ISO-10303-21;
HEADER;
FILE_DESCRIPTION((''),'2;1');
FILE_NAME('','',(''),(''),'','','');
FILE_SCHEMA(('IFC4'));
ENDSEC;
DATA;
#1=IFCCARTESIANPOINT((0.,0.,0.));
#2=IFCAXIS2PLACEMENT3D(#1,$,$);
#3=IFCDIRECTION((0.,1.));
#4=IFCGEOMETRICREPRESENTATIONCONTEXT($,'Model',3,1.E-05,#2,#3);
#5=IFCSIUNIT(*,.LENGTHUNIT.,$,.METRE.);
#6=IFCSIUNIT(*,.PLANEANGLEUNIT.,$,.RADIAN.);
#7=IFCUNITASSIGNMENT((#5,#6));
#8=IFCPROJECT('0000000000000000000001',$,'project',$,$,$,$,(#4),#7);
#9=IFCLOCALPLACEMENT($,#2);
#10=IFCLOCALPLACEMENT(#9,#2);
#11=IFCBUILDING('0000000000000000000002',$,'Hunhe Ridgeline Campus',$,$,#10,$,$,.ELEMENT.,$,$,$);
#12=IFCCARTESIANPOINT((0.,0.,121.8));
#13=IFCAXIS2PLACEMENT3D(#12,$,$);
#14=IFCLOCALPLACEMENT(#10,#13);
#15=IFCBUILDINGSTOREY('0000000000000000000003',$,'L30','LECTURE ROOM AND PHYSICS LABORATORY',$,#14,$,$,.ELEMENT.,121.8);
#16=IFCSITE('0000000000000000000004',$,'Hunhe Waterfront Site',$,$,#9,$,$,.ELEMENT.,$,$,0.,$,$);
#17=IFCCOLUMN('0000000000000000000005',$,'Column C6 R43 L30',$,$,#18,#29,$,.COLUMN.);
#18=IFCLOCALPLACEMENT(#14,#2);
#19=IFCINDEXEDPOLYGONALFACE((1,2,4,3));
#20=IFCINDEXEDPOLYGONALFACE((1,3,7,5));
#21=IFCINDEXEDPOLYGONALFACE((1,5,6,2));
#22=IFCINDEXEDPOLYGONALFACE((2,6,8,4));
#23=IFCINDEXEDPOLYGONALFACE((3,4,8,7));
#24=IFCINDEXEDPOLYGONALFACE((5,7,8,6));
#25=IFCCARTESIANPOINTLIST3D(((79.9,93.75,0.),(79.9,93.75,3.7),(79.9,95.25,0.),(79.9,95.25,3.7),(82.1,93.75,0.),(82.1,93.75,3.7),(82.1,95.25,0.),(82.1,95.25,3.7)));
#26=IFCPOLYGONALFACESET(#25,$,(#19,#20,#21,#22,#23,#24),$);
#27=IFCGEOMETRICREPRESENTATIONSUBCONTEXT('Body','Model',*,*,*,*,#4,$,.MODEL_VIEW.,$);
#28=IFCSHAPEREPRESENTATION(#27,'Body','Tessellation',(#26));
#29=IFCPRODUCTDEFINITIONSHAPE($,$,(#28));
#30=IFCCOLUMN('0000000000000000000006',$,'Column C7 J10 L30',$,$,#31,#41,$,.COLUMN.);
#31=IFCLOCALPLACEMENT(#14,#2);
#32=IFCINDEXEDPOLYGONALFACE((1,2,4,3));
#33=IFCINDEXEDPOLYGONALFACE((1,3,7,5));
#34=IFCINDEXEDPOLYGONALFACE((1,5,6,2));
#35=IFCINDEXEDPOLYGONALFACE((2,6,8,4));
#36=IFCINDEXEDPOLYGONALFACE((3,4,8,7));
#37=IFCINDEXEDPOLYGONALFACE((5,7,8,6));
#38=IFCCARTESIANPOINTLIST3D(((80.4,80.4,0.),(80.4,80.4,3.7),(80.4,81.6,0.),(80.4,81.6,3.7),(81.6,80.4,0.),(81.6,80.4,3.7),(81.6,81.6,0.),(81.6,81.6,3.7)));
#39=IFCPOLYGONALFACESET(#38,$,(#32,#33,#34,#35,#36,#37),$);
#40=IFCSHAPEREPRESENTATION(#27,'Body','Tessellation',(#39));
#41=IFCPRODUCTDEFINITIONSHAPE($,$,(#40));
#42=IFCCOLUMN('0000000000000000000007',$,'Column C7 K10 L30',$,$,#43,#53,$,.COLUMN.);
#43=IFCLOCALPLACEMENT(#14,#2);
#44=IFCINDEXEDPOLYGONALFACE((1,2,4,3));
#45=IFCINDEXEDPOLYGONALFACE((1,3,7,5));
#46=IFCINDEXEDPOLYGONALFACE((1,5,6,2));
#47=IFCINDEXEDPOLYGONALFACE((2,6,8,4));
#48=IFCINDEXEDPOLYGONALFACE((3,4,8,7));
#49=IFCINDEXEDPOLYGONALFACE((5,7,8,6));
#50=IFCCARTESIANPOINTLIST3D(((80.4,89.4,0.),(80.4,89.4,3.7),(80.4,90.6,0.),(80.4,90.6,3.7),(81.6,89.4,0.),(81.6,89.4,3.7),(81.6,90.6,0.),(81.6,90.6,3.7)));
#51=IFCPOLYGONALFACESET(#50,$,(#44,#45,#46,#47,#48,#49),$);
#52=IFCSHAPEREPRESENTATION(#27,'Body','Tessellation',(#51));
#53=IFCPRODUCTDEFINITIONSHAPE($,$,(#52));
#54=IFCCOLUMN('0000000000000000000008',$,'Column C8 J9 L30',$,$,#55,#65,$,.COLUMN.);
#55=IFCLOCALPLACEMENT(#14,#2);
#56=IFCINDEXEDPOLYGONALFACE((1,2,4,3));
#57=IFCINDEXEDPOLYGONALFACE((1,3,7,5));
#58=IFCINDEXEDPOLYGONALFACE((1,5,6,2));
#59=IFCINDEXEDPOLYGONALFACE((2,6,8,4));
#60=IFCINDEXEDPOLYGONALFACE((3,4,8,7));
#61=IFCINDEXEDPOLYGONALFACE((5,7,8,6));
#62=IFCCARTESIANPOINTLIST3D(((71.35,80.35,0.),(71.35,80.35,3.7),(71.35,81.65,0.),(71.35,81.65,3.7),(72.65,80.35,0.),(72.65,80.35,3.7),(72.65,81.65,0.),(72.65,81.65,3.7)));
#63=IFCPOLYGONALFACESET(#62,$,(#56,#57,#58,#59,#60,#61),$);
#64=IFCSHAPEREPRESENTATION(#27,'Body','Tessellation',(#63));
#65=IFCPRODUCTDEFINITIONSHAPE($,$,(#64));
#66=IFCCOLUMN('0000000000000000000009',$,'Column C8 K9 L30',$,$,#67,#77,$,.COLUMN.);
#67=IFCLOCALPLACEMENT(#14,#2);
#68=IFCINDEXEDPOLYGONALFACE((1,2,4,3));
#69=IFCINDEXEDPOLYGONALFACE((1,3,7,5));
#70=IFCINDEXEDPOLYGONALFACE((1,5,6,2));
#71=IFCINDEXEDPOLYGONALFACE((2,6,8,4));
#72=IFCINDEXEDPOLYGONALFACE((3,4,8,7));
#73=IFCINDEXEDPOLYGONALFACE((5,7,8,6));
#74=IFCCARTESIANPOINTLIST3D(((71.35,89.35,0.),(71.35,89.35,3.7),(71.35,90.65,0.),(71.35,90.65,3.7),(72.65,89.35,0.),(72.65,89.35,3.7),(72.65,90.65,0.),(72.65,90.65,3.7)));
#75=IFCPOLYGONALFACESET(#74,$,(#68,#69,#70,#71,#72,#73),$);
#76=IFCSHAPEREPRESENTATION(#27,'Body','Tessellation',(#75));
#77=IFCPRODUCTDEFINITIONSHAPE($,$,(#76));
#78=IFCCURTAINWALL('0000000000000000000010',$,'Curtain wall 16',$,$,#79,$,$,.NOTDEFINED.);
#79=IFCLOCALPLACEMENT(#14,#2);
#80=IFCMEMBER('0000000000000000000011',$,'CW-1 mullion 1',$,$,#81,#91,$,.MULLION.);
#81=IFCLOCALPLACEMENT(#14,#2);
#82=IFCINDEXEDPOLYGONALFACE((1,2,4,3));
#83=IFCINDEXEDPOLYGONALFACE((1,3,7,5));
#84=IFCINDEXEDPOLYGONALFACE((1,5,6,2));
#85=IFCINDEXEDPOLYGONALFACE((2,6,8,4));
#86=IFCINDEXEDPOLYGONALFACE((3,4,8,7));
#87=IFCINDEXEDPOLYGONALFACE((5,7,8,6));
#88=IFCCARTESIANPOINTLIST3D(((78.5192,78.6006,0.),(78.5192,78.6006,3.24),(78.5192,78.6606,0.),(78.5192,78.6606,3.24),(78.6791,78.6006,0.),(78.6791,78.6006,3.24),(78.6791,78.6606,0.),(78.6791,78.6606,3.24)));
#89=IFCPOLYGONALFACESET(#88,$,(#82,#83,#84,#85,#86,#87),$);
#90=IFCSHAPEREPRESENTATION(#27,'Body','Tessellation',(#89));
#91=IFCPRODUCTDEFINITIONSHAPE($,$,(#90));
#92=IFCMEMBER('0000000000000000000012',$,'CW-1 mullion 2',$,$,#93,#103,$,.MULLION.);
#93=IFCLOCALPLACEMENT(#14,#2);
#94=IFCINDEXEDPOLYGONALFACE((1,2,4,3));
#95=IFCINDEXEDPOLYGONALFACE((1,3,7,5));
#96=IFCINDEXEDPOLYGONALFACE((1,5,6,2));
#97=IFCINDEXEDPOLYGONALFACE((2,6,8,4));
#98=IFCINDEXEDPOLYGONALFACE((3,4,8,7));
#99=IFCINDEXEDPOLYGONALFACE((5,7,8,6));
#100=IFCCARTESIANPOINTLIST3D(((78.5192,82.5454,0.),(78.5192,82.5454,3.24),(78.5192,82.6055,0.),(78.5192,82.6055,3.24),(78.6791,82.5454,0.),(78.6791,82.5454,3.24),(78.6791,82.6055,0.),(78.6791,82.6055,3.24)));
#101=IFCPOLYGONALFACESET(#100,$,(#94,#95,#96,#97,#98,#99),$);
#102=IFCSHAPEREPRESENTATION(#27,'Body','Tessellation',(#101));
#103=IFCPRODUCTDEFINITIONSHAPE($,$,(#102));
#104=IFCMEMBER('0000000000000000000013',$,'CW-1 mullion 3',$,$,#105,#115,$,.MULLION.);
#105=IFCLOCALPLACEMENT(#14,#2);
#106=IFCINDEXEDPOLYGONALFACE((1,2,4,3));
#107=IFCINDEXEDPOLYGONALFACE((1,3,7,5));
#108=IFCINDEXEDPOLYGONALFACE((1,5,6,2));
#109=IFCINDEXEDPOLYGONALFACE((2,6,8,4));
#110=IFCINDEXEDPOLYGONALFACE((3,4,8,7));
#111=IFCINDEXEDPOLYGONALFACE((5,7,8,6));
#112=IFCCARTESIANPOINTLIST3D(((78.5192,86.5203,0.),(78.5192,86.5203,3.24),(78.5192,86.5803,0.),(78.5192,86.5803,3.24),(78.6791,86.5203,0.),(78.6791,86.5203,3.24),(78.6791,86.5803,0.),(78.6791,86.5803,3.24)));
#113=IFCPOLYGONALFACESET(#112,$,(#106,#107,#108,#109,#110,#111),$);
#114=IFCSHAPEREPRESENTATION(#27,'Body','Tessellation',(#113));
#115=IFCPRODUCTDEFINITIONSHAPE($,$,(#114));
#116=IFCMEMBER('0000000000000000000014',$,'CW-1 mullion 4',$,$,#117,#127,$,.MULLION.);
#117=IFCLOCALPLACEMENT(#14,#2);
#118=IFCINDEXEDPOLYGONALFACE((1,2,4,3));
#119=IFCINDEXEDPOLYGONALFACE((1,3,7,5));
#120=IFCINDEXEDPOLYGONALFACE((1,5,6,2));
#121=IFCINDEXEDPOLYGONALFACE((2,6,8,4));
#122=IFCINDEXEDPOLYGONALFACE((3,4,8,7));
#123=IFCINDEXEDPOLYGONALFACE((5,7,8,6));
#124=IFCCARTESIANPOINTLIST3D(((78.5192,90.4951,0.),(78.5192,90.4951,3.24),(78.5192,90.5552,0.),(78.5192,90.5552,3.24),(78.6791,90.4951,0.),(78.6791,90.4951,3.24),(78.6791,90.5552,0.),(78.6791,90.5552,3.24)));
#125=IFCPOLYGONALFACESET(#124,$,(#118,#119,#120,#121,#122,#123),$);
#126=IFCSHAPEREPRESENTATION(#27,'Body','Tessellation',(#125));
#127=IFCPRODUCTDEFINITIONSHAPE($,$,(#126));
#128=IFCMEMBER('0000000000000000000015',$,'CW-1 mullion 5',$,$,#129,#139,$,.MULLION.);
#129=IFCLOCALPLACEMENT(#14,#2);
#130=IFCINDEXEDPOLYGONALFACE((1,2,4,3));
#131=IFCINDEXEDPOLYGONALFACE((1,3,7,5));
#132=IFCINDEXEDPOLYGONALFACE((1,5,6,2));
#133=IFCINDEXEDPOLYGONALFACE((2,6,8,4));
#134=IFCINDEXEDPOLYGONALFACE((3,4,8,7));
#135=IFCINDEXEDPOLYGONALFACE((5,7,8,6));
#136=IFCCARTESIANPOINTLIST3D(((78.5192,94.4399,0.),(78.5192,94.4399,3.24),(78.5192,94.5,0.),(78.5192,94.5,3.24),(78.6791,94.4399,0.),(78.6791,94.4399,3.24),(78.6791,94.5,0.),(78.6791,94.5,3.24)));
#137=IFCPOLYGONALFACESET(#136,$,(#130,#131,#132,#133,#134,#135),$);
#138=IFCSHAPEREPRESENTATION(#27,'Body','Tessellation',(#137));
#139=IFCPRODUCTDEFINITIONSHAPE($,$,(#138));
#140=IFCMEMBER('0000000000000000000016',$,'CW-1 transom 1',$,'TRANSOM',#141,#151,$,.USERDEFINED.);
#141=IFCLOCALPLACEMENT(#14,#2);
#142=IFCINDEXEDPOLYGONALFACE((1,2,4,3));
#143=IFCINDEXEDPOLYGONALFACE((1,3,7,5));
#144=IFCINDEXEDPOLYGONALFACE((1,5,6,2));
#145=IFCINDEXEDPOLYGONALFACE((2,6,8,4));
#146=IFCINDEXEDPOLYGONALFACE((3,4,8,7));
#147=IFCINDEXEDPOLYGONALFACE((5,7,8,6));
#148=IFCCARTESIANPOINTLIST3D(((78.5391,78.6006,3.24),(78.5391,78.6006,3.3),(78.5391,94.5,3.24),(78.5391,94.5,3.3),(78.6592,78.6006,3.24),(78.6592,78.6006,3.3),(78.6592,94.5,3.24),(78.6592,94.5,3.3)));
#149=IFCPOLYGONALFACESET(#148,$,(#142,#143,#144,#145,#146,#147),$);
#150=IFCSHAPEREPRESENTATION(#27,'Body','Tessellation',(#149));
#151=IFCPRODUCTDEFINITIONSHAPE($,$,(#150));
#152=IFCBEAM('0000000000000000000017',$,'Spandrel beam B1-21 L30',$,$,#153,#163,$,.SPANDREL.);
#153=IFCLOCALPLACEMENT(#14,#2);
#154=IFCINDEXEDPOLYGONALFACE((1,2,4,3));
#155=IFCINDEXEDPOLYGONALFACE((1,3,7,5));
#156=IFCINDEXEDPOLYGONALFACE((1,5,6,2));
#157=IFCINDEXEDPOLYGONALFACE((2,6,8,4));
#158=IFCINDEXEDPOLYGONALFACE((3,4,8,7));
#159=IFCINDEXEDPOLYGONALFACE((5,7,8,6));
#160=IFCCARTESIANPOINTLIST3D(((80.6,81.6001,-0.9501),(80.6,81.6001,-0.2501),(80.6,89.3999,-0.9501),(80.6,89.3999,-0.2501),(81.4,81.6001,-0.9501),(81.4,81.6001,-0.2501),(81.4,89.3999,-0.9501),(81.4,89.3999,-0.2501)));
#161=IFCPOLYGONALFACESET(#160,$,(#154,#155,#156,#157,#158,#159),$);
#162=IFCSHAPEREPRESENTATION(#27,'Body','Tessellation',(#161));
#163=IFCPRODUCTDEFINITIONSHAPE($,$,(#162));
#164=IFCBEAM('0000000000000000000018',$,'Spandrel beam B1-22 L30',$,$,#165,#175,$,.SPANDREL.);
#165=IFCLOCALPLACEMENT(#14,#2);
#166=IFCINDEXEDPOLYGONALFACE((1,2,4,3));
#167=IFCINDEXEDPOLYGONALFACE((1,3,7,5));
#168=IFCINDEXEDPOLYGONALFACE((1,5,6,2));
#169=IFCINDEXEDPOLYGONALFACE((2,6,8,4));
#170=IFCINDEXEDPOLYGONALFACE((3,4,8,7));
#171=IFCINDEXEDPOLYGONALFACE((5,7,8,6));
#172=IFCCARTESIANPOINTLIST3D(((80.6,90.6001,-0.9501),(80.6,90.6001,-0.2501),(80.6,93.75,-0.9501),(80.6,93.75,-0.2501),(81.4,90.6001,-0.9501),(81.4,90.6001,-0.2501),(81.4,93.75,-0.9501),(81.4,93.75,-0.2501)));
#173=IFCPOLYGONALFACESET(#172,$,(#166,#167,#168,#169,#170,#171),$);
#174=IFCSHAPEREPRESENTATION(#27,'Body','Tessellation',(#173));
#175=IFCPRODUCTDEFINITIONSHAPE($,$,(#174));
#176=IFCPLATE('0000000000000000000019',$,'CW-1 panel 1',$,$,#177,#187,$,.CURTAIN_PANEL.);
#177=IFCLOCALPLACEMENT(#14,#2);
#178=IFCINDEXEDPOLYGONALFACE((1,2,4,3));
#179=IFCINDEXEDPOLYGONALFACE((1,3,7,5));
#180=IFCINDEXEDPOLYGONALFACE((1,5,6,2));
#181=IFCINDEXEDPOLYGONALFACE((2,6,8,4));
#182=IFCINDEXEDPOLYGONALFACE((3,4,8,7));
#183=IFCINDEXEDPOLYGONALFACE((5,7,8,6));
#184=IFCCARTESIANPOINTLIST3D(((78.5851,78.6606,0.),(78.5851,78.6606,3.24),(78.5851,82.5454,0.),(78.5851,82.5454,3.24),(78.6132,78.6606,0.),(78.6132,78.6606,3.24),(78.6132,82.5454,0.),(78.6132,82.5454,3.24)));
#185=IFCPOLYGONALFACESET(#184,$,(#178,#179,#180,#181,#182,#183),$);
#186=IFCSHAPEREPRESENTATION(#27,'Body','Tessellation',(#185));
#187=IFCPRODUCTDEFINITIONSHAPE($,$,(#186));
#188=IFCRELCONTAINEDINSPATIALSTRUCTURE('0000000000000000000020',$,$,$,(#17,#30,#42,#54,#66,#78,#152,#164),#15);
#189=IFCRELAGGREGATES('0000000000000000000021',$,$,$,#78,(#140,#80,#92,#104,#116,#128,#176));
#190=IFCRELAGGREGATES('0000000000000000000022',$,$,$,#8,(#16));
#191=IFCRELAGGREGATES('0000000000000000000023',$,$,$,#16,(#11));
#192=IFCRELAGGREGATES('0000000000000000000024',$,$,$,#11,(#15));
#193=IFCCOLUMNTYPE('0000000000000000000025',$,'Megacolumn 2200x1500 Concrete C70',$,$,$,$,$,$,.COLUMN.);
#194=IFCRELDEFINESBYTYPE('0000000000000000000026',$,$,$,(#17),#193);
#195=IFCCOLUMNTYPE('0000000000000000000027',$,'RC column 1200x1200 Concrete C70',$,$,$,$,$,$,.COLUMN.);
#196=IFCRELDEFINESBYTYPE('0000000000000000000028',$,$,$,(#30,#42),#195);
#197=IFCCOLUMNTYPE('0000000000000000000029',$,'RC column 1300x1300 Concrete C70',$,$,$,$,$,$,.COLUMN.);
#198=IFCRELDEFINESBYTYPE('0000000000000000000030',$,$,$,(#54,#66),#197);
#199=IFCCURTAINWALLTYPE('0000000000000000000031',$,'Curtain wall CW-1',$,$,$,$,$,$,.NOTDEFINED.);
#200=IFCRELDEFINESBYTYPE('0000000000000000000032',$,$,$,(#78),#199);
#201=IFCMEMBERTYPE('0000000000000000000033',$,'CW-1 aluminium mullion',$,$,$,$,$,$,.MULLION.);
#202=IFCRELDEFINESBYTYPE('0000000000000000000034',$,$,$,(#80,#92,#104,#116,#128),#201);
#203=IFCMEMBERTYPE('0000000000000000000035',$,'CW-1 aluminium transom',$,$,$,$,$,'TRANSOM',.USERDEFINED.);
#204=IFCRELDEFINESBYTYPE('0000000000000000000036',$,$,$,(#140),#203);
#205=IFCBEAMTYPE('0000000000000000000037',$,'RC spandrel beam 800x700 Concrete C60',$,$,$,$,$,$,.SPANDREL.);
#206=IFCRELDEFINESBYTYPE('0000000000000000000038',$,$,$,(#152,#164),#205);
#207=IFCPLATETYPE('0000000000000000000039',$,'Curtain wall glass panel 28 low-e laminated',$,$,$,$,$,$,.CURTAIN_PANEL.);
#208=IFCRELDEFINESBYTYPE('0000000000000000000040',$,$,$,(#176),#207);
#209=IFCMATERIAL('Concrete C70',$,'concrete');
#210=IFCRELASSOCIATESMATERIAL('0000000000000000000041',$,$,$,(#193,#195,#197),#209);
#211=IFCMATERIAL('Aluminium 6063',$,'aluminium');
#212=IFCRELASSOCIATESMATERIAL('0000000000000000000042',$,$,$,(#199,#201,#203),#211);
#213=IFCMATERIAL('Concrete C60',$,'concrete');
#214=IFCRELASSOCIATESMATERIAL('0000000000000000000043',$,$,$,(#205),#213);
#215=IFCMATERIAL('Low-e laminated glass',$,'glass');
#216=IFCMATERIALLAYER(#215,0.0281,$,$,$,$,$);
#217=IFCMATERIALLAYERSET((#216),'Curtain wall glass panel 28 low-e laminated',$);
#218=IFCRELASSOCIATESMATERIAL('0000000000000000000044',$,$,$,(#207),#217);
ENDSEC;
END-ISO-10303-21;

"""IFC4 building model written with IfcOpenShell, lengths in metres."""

from ifc_helpers import new_model, si_unit, direction, frame, origin, origin_2d, place, context, subcontext, project, spatial, rectangle, extrude, material, layer, layer_set, material_profile, profile_set, type_object, element, aggregate, save


model = new_model("IFC4")

# Units and contexts
model_context = context("Model", 3, precision=1e-05, world=origin(), true_north=direction((0.0, 1.0)))
body_context = subcontext(model_context, "Body", "Model", "MODEL_VIEW")
ifc_project = project(units=[si_unit("LENGTHUNIT", "METRE"), si_unit("PLANEANGLEUNIT", "RADIAN")], contexts=[model_context])

# Site, building, storey
site_placement = place(None, origin())
site = spatial("IfcSite", under=ifc_project, at=site_placement, Name="Hunhe Waterfront Site", CompositionType="ELEMENT", RefElevation=0.0)
building_placement = place(site_placement, origin())
building = spatial("IfcBuilding", under=site, at=building_placement, Name="Hunhe Ridgeline Campus", CompositionType="ELEMENT")
storey_placement = place(building_placement, frame((0.0, 0.0, 121.8)))
storey = spatial("IfcBuildingStorey", under=building, at=storey_placement, Name="L30", Description="LECTURE ROOM AND PHYSICS LABORATORY", CompositionType="ELEMENT", Elevation=121.8)

# Columns
ifc_material_1 = material(Name="Concrete C70", Category="concrete")
ifc_material_profile_1 = material_profile(ifc_material_1, rectangle(XDim=2.2, YDim=1.5, at=origin_2d()))
ifc_profile_set_1 = profile_set([ifc_material_profile_1], Name="Concrete C70")
column_type_1 = type_object("IfcColumnType", Name="Megacolumn 2200x1500 Concrete C70", PredefinedType="COLUMN", material=ifc_profile_set_1)
column_placement = place(storey_placement, frame((81.0, 94.5, 0.0), z_axis=(0.0, 0.0, 1.0), x_axis=(1.0, 0.0, 0.0)))
element("IfcColumn", 1, at=column_placement, inside=storey, type_object=column_type_1, Name="Column C6 R43 L30", PredefinedType="COLUMN", context=body_context, shape_type="SweptSolid", body=[
    extrude(rectangle(XDim=2.2, YDim=1.5, at=origin_2d()), origin(), (0.0, 0.0, 1.0), 3.7),
])
ifc_material_profile_2 = material_profile(ifc_material_1, rectangle(XDim=1.2, YDim=1.2, at=origin_2d()))
ifc_profile_set_2 = profile_set([ifc_material_profile_2], Name="Concrete C70")
column_type_2 = type_object("IfcColumnType", Name="RC column 1200x1200 Concrete C70", PredefinedType="COLUMN", material=ifc_profile_set_2)
for number, where, z_axis, x_axis, name in (
    (2, (81.0, 81.0, 0.0), (0.0, 0.0, 1.0), (1.0, 0.0, 0.0), "Column C7 J10 L30"),
    (3, (81.0, 90.0, 0.0), (0.0, 0.0, 1.0), (1.0, 0.0, 0.0), "Column C7 K10 L30"),
):
    element("IfcColumn", number, at=place(storey_placement, frame(where, z_axis=z_axis, x_axis=x_axis)), inside=storey, type_object=column_type_2, Name=name, PredefinedType="COLUMN", context=body_context, shape_type="SweptSolid", body=[
        extrude(rectangle(XDim=1.2, YDim=1.2, at=origin_2d()), origin(), (0.0, 0.0, 1.0), 3.7),
    ])
ifc_material_profile_3 = material_profile(ifc_material_1, rectangle(XDim=1.3, YDim=1.3, at=origin_2d()))
ifc_profile_set_3 = profile_set([ifc_material_profile_3], Name="Concrete C70")
column_type_3 = type_object("IfcColumnType", Name="RC column 1300x1300 Concrete C70", PredefinedType="COLUMN", material=ifc_profile_set_3)
for number, where, z_axis, x_axis, name in (
    (4, (72.0, 81.0, 0.0), (0.0, 0.0, 1.0), (1.0, 0.0, 0.0), "Column C8 J9 L30"),
    (5, (72.0, 90.0, 0.0), (0.0, 0.0, 1.0), (1.0, 0.0, 0.0), "Column C8 K9 L30"),
):
    element("IfcColumn", number, at=place(storey_placement, frame(where, z_axis=z_axis, x_axis=x_axis)), inside=storey, type_object=column_type_3, Name=name, PredefinedType="COLUMN", context=body_context, shape_type="SweptSolid", body=[
        extrude(rectangle(XDim=1.3, YDim=1.3, at=origin_2d()), origin(), (0.0, 0.0, 1.0), 3.7),
    ])

# Curtain wall, members
ifc_material_2 = material(Name="Aluminium 6063", Category="aluminium")
curtain_wall_type = type_object("IfcCurtainWallType", Name="Curtain wall CW-1", PredefinedType="NOTDEFINED", material=ifc_material_2)
curtain_wall_placement = place(storey_placement, origin())
curtain_wall = element("IfcCurtainWall", 6, at=curtain_wall_placement, inside=storey, type_object=curtain_wall_type, Name="Curtain wall 16", PredefinedType="NOTDEFINED")
ifc_material_profile_4 = material_profile(ifc_material_2, rectangle(XDim=0.1599, YDim=0.0601, at=origin_2d()))
ifc_profile_set_4 = profile_set([ifc_material_profile_4], Name="Aluminium 6063")
member_type_1 = type_object("IfcMemberType", Name="CW-1 aluminium mullion", PredefinedType="MULLION", material=ifc_profile_set_4)
member_1_placement = place(storey_placement, frame((78.5991, 78.6306, 0.0), z_axis=(0.0, 0.0, 1.0), x_axis=(-1.0, 0.0, 0.0)))
member_1 = element("IfcMember", 7, at=member_1_placement, type_object=member_type_1, Name="CW-1 mullion 1", PredefinedType="MULLION", context=body_context, shape_type="SweptSolid", body=[
    extrude(rectangle(XDim=0.1599, YDim=0.0601, at=origin_2d()), origin(), (0.0, 0.0, 1.0), 3.24),
])
member_2_placement = place(storey_placement, frame((78.5991, 82.5754, 0.0), z_axis=(0.0, 0.0, 1.0), x_axis=(-1.0, 0.0, 0.0)))
member_2 = element("IfcMember", 8, at=member_2_placement, type_object=member_type_1, Name="CW-1 mullion 2", PredefinedType="MULLION", context=body_context, shape_type="SweptSolid", body=[
    extrude(rectangle(XDim=0.1599, YDim=0.0601, at=origin_2d()), origin(), (0.0, 0.0, 1.0), 3.24),
])
member_3_placement = place(storey_placement, frame((78.5991, 86.5503, 0.0), z_axis=(0.0, 0.0, 1.0), x_axis=(-1.0, 0.0, 0.0)))
member_3 = element("IfcMember", 9, at=member_3_placement, type_object=member_type_1, Name="CW-1 mullion 3", PredefinedType="MULLION", context=body_context, shape_type="SweptSolid", body=[
    extrude(rectangle(XDim=0.1599, YDim=0.0601, at=origin_2d()), origin(), (0.0, 0.0, 1.0), 3.24),
])
member_4_placement = place(storey_placement, frame((78.5991, 90.5251, 0.0), z_axis=(0.0, 0.0, 1.0), x_axis=(-1.0, 0.0, 0.0)))
member_4 = element("IfcMember", 10, at=member_4_placement, type_object=member_type_1, Name="CW-1 mullion 4", PredefinedType="MULLION", context=body_context, shape_type="SweptSolid", body=[
    extrude(rectangle(XDim=0.1599, YDim=0.0601, at=origin_2d()), origin(), (0.0, 0.0, 1.0), 3.24),
])
member_5_placement = place(storey_placement, frame((78.5991, 94.47, 0.0), z_axis=(0.0, 0.0, 1.0), x_axis=(-1.0, 0.0, 0.0)))
member_5 = element("IfcMember", 11, at=member_5_placement, type_object=member_type_1, Name="CW-1 mullion 5", PredefinedType="MULLION", context=body_context, shape_type="SweptSolid", body=[
    extrude(rectangle(XDim=0.1599, YDim=0.0601, at=origin_2d()), origin(), (0.0, 0.0, 1.0), 3.24),
])
ifc_material_profile_5 = material_profile(ifc_material_2, rectangle(XDim=0.1201, YDim=0.0601, at=origin_2d()))
ifc_profile_set_5 = profile_set([ifc_material_profile_5], Name="Aluminium 6063")
member_type_2 = type_object("IfcMemberType", Name="CW-1 aluminium transom", ElementType="TRANSOM", PredefinedType="USERDEFINED", material=ifc_profile_set_5)
member_6_placement = place(storey_placement, frame((78.5991, 78.6006, 3.27), z_axis=(0.0, 1.0, 0.0), x_axis=(-1.0, 0.0, 0.0)))
member_6 = element("IfcMember", 12, at=member_6_placement, type_object=member_type_2, Name="CW-1 transom 1", ObjectType="TRANSOM", PredefinedType="USERDEFINED", context=body_context, shape_type="SweptSolid", body=[
    extrude(rectangle(XDim=0.1201, YDim=0.0601, at=origin_2d()), origin(), (0.0, 0.0, 1.0), 15.8994),
])

# Beams
ifc_material_3 = material(Name="Concrete C60", Category="concrete")
ifc_material_profile_6 = material_profile(ifc_material_3, rectangle(XDim=0.8, YDim=0.7, at=origin_2d()))
ifc_profile_set_6 = profile_set([ifc_material_profile_6], Name="Concrete C60")
beam_type = type_object("IfcBeamType", Name="RC spandrel beam 800x700 Concrete C60", PredefinedType="SPANDREL", material=ifc_profile_set_6)
beam_1_placement = place(storey_placement, frame((81.0, 81.6001, -0.6001), z_axis=(0.0, 1.0, 0.0), x_axis=(-1.0, 0.0, 0.0)))
element("IfcBeam", 13, at=beam_1_placement, inside=storey, type_object=beam_type, Name="Spandrel beam B1-21 L30", PredefinedType="SPANDREL", context=body_context, shape_type="SweptSolid", body=[
    extrude(rectangle(XDim=0.8, YDim=0.7, at=origin_2d()), origin(), (0.0, 0.0, 1.0), 7.7998),
])
beam_2_placement = place(storey_placement, frame((81.0, 90.6001, -0.6001), z_axis=(0.0, 1.0, 0.0), x_axis=(-1.0, 0.0, 0.0)))
element("IfcBeam", 14, at=beam_2_placement, inside=storey, type_object=beam_type, Name="Spandrel beam B1-22 L30", PredefinedType="SPANDREL", context=body_context, shape_type="SweptSolid", body=[
    extrude(rectangle(XDim=0.8, YDim=0.7, at=origin_2d()), origin(), (0.0, 0.0, 1.0), 3.1499),
])

# Plate
ifc_material_4 = material(Name="Low-e laminated glass", Category="glass")
ifc_layer_1 = layer(ifc_material_4, 0.0281)
ifc_layer_set_1 = layer_set([ifc_layer_1], Name="Curtain wall glass panel 28 low-e laminated")
plate_type = type_object("IfcPlateType", Name="Curtain wall glass panel 28 low-e laminated", PredefinedType="CURTAIN_PANEL", material=ifc_layer_set_1)
plate_1_placement = place(storey_placement, frame((78.5991, 80.603, 0.0), z_axis=(0.0, 0.0, 1.0), x_axis=(0.0, 1.0, 0.0)))
plate_1 = element("IfcPlate", 15, at=plate_1_placement, type_object=plate_type, Name="CW-1 panel 1", PredefinedType="CURTAIN_PANEL", context=body_context, shape_type="SweptSolid", body=[
    extrude(rectangle(XDim=3.8848, YDim=0.0281, at=origin_2d()), origin(), (0.0, 0.0, 1.0), 3.24),
])
aggregate(curtain_wall, [member_6, member_1, member_2, member_3, member_4, member_5, plate_1])

save(model, "model.ifc")
